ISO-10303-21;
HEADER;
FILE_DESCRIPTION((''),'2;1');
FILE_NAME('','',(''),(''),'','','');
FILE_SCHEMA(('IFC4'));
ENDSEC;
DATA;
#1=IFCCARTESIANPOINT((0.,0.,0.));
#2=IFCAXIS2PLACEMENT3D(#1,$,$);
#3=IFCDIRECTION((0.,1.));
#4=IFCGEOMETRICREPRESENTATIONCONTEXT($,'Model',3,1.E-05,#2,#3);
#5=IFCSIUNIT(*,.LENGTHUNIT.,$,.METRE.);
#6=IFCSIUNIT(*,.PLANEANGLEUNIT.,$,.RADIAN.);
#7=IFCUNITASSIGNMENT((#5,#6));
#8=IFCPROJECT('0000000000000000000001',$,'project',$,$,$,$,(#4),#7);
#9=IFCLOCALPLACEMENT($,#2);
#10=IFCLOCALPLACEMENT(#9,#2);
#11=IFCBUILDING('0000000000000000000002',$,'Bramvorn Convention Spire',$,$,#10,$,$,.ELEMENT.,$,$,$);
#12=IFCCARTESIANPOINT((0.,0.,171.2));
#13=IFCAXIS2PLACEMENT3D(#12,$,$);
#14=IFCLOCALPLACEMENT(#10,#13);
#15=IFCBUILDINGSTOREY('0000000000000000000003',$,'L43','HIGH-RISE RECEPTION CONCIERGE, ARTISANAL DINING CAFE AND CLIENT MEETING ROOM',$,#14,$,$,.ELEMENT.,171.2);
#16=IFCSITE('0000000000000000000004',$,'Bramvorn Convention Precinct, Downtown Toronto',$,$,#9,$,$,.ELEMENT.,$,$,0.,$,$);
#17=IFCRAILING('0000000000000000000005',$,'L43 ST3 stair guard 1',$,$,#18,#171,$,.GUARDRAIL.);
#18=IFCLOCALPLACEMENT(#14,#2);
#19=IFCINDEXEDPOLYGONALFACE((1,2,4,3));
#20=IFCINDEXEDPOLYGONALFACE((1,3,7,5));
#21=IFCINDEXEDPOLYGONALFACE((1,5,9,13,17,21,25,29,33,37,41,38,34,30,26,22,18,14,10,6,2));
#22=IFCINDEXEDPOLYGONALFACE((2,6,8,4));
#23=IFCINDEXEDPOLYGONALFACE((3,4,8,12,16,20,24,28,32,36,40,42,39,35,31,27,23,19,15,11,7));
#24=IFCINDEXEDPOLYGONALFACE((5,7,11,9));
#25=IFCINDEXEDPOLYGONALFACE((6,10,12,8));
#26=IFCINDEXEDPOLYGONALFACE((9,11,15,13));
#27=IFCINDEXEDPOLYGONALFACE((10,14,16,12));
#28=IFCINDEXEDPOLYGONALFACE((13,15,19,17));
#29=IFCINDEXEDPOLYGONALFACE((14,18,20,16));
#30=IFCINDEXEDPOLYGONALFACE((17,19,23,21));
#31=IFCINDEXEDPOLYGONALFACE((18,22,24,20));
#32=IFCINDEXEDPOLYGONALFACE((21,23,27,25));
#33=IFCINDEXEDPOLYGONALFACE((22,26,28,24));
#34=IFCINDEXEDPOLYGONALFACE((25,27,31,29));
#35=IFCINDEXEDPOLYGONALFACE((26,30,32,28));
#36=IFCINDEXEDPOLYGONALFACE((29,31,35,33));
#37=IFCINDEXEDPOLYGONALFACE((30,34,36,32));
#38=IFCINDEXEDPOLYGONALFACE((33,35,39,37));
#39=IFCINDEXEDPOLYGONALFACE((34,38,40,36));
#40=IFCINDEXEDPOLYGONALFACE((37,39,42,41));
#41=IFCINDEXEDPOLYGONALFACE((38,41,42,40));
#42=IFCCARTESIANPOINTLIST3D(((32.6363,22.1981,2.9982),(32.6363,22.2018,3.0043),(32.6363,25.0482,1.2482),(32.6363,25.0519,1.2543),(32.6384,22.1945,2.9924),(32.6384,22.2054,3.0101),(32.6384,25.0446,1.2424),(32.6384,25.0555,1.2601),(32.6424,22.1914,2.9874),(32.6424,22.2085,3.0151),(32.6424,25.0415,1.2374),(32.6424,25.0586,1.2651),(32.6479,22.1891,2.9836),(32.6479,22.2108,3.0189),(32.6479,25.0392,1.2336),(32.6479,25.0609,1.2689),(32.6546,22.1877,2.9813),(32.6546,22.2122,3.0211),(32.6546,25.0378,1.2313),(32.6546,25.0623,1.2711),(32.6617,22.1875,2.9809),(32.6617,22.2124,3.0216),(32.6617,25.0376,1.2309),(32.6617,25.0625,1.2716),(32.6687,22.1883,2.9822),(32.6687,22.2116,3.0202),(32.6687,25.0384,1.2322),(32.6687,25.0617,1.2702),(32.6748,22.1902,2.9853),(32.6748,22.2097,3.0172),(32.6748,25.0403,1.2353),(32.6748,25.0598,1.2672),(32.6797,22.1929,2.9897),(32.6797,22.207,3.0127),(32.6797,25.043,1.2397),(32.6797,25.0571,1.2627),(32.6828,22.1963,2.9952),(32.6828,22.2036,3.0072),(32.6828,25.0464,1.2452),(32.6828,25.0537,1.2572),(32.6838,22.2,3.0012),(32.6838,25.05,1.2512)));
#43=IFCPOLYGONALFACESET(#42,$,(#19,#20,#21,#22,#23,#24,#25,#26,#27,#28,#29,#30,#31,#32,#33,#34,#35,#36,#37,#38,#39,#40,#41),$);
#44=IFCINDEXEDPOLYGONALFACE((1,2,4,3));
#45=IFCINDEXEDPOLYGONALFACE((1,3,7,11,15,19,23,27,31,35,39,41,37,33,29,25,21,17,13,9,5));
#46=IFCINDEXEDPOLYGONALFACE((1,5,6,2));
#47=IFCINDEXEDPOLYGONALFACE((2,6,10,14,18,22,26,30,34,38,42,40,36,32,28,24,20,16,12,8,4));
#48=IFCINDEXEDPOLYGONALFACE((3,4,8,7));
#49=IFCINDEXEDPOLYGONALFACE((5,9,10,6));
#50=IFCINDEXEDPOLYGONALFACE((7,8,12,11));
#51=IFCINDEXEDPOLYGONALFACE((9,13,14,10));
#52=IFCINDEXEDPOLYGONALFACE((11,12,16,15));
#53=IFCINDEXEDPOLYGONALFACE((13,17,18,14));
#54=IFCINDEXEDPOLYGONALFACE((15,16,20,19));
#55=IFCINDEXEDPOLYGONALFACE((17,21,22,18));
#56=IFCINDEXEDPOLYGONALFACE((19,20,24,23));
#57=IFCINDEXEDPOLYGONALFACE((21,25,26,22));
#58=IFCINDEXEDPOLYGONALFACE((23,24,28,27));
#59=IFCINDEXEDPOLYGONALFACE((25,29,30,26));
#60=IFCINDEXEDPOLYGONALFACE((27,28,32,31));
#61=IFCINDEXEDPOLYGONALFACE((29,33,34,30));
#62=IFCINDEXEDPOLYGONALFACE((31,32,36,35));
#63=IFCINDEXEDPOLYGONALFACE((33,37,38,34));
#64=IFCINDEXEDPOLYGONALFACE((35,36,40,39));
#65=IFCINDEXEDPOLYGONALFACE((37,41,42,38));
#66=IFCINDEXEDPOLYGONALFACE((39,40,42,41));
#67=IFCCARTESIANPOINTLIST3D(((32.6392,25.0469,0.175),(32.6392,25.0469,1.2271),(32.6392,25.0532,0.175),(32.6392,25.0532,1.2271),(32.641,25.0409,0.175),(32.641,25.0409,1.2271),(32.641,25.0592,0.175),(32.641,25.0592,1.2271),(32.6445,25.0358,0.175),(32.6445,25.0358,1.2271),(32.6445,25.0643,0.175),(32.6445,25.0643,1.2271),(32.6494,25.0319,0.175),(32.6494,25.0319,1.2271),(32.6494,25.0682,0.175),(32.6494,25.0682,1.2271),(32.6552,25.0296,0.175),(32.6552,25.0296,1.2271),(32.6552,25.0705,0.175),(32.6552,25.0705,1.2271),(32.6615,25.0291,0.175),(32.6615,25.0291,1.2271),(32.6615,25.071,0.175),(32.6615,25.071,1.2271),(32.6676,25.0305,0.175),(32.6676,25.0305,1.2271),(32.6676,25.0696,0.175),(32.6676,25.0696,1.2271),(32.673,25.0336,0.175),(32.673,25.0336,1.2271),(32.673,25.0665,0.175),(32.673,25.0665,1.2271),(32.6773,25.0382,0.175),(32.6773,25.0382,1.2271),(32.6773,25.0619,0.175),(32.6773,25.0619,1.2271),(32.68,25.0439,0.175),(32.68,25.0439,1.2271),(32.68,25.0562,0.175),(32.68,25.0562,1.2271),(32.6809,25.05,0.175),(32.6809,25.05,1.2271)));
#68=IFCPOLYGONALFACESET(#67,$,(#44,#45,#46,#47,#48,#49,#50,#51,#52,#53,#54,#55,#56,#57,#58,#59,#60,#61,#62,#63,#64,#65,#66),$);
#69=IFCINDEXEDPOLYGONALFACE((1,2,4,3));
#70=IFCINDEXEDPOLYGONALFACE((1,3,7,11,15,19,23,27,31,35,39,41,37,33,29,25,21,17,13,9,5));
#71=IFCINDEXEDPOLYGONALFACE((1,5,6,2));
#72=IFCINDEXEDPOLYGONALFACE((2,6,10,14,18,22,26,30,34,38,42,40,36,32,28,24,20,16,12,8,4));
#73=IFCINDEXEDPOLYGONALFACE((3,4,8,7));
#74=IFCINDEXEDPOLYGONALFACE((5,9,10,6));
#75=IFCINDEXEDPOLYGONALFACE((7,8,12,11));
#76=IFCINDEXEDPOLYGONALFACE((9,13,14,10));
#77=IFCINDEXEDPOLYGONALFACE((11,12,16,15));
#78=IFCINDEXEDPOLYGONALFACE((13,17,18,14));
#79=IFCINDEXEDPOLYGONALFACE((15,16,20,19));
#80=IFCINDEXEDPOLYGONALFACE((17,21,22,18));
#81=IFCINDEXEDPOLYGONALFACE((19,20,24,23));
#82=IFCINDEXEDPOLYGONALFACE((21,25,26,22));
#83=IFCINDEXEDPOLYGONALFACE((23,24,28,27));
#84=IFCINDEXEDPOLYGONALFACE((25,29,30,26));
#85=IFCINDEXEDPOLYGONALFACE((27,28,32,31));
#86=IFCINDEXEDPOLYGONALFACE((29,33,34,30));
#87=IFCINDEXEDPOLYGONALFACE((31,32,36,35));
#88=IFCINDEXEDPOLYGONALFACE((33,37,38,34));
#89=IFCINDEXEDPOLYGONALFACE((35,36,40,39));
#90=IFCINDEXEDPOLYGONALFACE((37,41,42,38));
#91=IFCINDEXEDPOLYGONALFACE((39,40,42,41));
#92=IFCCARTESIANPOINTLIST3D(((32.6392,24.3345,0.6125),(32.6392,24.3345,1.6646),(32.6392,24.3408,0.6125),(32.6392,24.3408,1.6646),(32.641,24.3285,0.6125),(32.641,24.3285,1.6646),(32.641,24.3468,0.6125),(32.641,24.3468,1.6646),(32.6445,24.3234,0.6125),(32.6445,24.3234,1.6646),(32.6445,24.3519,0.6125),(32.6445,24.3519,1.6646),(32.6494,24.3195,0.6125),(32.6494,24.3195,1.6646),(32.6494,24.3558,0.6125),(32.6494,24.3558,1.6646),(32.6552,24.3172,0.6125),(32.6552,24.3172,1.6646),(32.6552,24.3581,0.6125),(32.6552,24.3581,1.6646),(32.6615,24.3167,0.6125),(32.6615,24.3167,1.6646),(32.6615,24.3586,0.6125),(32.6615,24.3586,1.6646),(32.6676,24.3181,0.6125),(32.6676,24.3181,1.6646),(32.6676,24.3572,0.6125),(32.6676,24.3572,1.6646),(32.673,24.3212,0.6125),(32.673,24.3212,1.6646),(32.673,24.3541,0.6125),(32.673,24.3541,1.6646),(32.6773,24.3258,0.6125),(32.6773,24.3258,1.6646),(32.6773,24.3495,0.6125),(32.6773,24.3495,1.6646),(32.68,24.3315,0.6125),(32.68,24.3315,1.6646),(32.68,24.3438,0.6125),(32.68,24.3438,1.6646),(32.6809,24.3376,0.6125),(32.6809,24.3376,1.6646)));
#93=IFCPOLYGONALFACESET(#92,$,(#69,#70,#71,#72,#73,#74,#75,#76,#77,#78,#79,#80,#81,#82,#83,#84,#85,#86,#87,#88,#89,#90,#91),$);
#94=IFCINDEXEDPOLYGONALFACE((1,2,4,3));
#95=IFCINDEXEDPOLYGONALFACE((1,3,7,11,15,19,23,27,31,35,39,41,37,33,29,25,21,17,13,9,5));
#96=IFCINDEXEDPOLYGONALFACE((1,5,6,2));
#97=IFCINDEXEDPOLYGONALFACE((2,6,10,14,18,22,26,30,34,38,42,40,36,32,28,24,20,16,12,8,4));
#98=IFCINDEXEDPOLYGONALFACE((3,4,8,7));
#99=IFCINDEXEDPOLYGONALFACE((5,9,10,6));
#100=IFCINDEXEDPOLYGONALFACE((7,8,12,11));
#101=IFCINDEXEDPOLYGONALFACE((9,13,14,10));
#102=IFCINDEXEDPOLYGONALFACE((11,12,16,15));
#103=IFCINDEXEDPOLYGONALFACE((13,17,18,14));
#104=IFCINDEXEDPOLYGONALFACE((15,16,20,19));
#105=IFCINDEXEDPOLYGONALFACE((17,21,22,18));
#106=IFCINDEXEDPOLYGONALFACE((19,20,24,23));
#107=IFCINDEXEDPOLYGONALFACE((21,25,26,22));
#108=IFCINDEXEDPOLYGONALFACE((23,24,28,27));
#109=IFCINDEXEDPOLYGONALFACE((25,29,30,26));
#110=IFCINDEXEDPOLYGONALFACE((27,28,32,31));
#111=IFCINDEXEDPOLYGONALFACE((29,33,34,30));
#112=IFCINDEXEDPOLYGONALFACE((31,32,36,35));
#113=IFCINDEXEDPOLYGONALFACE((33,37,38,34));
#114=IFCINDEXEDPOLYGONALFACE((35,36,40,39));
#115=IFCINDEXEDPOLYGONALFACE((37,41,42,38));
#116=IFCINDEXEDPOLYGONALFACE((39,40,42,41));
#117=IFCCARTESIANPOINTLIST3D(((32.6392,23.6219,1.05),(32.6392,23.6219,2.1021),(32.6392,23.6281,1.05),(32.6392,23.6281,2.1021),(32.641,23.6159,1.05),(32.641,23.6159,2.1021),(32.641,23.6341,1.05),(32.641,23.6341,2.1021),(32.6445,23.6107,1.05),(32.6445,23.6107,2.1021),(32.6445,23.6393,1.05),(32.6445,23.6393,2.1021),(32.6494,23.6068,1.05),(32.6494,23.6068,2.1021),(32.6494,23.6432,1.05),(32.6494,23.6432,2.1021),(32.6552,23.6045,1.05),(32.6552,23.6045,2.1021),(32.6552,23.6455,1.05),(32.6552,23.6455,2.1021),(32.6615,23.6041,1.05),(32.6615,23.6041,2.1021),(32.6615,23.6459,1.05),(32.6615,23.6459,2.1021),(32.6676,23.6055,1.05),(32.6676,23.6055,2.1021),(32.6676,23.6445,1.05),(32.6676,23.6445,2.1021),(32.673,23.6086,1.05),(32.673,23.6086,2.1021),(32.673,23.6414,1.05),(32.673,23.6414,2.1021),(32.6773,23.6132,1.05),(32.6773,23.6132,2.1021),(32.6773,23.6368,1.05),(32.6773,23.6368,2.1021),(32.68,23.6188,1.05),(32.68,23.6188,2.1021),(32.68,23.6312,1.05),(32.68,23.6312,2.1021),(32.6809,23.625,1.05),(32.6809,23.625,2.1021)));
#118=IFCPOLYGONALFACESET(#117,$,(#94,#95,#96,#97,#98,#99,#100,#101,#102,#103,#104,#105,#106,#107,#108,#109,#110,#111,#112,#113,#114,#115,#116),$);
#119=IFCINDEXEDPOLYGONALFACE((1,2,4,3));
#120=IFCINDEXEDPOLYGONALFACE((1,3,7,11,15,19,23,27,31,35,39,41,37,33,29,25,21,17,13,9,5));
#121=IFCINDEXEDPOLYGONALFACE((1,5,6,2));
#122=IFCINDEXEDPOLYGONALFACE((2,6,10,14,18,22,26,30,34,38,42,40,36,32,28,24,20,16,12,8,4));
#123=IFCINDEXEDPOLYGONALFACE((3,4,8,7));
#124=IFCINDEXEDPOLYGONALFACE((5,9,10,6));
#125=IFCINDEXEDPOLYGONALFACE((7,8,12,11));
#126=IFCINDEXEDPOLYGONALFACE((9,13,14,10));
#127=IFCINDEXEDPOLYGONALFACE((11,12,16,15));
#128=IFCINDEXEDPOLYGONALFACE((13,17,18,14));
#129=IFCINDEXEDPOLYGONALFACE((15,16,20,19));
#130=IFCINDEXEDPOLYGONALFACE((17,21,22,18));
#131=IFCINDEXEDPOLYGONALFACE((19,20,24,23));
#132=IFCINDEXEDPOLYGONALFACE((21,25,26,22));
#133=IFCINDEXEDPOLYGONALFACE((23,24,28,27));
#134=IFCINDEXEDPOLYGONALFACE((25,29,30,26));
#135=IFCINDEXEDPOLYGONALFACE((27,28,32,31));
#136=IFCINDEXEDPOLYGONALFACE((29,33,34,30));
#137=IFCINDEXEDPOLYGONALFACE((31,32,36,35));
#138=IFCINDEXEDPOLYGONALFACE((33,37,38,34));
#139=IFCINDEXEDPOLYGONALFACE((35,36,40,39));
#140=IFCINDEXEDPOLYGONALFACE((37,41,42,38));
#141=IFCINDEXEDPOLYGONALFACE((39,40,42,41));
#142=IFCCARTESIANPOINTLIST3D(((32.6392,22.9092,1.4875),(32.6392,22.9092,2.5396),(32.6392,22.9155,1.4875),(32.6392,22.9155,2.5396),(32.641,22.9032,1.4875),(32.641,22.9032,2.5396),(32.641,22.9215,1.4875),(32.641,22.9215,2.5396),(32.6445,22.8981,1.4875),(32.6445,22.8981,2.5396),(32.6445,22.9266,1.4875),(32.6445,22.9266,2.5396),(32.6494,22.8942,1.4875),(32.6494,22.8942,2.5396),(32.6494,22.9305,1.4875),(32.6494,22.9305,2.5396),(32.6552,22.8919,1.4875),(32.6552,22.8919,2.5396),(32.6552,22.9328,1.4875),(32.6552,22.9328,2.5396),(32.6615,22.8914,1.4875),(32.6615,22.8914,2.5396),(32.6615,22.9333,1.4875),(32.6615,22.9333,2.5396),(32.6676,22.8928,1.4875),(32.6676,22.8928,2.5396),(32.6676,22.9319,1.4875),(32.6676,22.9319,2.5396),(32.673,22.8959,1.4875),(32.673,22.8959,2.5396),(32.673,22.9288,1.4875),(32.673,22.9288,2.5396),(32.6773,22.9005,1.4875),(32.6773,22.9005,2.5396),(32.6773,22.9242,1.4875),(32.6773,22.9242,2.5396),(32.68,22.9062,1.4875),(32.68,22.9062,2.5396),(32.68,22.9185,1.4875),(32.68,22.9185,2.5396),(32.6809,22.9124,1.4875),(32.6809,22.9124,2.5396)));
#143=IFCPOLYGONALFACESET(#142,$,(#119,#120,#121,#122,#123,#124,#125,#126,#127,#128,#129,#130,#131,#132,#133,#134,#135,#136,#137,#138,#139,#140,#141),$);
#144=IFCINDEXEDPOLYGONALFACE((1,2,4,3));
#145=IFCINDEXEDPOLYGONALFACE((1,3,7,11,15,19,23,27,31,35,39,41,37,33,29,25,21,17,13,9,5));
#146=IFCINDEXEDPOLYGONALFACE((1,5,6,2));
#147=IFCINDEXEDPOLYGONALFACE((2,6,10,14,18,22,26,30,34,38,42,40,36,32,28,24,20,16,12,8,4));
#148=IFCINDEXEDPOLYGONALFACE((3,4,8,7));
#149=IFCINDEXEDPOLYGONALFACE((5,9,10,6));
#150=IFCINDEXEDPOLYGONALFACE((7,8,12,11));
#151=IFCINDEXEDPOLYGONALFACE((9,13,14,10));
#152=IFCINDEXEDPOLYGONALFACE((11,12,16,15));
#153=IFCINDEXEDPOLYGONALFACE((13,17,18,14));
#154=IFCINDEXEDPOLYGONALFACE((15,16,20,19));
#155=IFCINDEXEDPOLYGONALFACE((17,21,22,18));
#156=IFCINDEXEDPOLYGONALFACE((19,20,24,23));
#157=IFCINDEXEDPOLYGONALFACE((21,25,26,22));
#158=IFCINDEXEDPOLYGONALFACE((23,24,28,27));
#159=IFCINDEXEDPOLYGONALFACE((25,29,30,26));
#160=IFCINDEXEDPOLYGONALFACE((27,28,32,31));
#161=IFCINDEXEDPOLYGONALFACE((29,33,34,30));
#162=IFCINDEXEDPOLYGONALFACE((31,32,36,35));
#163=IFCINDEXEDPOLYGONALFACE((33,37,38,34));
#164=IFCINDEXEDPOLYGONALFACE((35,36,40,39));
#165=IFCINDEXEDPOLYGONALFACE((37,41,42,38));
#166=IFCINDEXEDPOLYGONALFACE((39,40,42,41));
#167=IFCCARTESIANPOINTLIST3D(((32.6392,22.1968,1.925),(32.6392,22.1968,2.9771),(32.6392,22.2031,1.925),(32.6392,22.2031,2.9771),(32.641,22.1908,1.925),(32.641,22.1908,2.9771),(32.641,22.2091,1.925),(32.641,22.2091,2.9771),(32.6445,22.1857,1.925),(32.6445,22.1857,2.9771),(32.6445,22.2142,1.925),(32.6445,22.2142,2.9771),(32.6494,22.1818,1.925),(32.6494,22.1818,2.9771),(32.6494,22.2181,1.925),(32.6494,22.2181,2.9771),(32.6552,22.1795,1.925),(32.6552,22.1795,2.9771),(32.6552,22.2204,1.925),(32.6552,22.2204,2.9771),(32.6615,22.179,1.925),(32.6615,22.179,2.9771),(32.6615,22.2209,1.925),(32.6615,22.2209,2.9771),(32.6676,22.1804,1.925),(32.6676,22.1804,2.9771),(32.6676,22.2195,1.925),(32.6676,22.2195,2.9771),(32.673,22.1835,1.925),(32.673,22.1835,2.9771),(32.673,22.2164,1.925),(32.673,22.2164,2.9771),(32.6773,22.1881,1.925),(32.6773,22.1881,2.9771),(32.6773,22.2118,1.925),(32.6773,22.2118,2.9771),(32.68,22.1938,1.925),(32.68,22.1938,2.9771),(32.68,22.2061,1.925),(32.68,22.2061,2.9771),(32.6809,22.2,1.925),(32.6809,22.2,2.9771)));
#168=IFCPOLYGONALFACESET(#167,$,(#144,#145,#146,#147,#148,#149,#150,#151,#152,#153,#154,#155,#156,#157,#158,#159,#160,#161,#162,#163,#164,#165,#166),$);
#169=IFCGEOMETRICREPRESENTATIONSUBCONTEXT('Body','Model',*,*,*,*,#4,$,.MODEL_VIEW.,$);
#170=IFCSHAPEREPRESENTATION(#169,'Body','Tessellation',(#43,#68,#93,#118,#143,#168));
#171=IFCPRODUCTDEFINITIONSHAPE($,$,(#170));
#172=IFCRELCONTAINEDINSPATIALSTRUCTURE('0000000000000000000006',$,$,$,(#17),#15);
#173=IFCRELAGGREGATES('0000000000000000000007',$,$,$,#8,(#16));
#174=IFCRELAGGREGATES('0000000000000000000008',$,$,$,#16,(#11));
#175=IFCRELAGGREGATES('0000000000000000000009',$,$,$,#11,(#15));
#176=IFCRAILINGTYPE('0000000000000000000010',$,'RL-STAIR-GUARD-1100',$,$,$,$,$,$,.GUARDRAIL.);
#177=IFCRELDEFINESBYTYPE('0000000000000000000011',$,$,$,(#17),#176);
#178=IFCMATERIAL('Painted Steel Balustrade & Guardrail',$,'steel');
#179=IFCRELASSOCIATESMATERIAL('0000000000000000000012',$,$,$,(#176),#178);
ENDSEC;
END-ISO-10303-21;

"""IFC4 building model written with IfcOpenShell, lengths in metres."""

from ifc_helpers import new_model, si_unit, direction, frame, origin, origin_2d, place, context, subcontext, project, spatial, circle, extrude, material, type_object, element, save


model = new_model("IFC4")

# Units and contexts
model_context = context("Model", 3, precision=1e-05, world=origin(), true_north=direction((0.0, 1.0)))
body_context = subcontext(model_context, "Body", "Model", "MODEL_VIEW")
ifc_project = project(units=[si_unit("LENGTHUNIT", "METRE"), si_unit("PLANEANGLEUNIT", "RADIAN")], contexts=[model_context])

# Site, building, storey
site_placement = place(None, origin())
site = spatial("IfcSite", under=ifc_project, at=site_placement, Name="Bramvorn Convention Precinct, Downtown Toronto", CompositionType="ELEMENT", RefElevation=0.0)
building_placement = place(site_placement, origin())
building = spatial("IfcBuilding", under=site, at=building_placement, Name="Bramvorn Convention Spire", CompositionType="ELEMENT")
storey_placement = place(building_placement, frame((0.0, 0.0, 171.2)))
storey = spatial("IfcBuildingStorey", under=building, at=storey_placement, Name="L43", Description="HIGH-RISE RECEPTION CONCIERGE, ARTISANAL DINING CAFE AND CLIENT MEETING ROOM", CompositionType="ELEMENT", Elevation=171.2)

# Railing
ifc_material_1 = material(Name="Painted Steel Balustrade & Guardrail", Category="steel")
railing_type_1 = type_object("IfcRailingType", Name="RL-STAIR-GUARD-1100", PredefinedType="GUARDRAIL", material=ifc_material_1)
railing_1_placement = place(storey_placement, frame((32.6599, 25.05, 0.175)))
element("IfcRailing", 1, at=railing_1_placement, inside=storey, type_object=railing_type_1, Name="L43 ST3 stair guard 1", PredefinedType="GUARDRAIL", context=body_context, shape_type="SweptSolid", body=[
    extrude(circle(Radius=0.0239, at=origin_2d()), frame((0.0, 0.0, 1.0762), z_axis=(0.0, -0.852179, 0.52325), x_axis=(1.0, 0.0, 0.0)), (0.0, 0.0, 1.0), 3.3445),
    extrude(circle(Radius=0.021, at=origin_2d()), origin(), (0.0, 0.0, 1.0), 1.052),
    extrude(circle(Radius=0.021, at=origin_2d()), frame((0.0, -0.7124, 0.4375)), (0.0, 0.0, 1.0), 1.052),
    extrude(circle(Radius=0.021, at=origin_2d()), frame((0.0, -1.425, 0.875)), (0.0, 0.0, 1.0), 1.052),
    extrude(circle(Radius=0.021, at=origin_2d()), frame((0.0, -2.1377, 1.3125)), (0.0, 0.0, 1.0), 1.052),
    extrude(circle(Radius=0.021, at=origin_2d()), frame((0.0, -2.8501, 1.75)), (0.0, 0.0, 1.0), 1.052),
])

save(model, "model.ifc")
